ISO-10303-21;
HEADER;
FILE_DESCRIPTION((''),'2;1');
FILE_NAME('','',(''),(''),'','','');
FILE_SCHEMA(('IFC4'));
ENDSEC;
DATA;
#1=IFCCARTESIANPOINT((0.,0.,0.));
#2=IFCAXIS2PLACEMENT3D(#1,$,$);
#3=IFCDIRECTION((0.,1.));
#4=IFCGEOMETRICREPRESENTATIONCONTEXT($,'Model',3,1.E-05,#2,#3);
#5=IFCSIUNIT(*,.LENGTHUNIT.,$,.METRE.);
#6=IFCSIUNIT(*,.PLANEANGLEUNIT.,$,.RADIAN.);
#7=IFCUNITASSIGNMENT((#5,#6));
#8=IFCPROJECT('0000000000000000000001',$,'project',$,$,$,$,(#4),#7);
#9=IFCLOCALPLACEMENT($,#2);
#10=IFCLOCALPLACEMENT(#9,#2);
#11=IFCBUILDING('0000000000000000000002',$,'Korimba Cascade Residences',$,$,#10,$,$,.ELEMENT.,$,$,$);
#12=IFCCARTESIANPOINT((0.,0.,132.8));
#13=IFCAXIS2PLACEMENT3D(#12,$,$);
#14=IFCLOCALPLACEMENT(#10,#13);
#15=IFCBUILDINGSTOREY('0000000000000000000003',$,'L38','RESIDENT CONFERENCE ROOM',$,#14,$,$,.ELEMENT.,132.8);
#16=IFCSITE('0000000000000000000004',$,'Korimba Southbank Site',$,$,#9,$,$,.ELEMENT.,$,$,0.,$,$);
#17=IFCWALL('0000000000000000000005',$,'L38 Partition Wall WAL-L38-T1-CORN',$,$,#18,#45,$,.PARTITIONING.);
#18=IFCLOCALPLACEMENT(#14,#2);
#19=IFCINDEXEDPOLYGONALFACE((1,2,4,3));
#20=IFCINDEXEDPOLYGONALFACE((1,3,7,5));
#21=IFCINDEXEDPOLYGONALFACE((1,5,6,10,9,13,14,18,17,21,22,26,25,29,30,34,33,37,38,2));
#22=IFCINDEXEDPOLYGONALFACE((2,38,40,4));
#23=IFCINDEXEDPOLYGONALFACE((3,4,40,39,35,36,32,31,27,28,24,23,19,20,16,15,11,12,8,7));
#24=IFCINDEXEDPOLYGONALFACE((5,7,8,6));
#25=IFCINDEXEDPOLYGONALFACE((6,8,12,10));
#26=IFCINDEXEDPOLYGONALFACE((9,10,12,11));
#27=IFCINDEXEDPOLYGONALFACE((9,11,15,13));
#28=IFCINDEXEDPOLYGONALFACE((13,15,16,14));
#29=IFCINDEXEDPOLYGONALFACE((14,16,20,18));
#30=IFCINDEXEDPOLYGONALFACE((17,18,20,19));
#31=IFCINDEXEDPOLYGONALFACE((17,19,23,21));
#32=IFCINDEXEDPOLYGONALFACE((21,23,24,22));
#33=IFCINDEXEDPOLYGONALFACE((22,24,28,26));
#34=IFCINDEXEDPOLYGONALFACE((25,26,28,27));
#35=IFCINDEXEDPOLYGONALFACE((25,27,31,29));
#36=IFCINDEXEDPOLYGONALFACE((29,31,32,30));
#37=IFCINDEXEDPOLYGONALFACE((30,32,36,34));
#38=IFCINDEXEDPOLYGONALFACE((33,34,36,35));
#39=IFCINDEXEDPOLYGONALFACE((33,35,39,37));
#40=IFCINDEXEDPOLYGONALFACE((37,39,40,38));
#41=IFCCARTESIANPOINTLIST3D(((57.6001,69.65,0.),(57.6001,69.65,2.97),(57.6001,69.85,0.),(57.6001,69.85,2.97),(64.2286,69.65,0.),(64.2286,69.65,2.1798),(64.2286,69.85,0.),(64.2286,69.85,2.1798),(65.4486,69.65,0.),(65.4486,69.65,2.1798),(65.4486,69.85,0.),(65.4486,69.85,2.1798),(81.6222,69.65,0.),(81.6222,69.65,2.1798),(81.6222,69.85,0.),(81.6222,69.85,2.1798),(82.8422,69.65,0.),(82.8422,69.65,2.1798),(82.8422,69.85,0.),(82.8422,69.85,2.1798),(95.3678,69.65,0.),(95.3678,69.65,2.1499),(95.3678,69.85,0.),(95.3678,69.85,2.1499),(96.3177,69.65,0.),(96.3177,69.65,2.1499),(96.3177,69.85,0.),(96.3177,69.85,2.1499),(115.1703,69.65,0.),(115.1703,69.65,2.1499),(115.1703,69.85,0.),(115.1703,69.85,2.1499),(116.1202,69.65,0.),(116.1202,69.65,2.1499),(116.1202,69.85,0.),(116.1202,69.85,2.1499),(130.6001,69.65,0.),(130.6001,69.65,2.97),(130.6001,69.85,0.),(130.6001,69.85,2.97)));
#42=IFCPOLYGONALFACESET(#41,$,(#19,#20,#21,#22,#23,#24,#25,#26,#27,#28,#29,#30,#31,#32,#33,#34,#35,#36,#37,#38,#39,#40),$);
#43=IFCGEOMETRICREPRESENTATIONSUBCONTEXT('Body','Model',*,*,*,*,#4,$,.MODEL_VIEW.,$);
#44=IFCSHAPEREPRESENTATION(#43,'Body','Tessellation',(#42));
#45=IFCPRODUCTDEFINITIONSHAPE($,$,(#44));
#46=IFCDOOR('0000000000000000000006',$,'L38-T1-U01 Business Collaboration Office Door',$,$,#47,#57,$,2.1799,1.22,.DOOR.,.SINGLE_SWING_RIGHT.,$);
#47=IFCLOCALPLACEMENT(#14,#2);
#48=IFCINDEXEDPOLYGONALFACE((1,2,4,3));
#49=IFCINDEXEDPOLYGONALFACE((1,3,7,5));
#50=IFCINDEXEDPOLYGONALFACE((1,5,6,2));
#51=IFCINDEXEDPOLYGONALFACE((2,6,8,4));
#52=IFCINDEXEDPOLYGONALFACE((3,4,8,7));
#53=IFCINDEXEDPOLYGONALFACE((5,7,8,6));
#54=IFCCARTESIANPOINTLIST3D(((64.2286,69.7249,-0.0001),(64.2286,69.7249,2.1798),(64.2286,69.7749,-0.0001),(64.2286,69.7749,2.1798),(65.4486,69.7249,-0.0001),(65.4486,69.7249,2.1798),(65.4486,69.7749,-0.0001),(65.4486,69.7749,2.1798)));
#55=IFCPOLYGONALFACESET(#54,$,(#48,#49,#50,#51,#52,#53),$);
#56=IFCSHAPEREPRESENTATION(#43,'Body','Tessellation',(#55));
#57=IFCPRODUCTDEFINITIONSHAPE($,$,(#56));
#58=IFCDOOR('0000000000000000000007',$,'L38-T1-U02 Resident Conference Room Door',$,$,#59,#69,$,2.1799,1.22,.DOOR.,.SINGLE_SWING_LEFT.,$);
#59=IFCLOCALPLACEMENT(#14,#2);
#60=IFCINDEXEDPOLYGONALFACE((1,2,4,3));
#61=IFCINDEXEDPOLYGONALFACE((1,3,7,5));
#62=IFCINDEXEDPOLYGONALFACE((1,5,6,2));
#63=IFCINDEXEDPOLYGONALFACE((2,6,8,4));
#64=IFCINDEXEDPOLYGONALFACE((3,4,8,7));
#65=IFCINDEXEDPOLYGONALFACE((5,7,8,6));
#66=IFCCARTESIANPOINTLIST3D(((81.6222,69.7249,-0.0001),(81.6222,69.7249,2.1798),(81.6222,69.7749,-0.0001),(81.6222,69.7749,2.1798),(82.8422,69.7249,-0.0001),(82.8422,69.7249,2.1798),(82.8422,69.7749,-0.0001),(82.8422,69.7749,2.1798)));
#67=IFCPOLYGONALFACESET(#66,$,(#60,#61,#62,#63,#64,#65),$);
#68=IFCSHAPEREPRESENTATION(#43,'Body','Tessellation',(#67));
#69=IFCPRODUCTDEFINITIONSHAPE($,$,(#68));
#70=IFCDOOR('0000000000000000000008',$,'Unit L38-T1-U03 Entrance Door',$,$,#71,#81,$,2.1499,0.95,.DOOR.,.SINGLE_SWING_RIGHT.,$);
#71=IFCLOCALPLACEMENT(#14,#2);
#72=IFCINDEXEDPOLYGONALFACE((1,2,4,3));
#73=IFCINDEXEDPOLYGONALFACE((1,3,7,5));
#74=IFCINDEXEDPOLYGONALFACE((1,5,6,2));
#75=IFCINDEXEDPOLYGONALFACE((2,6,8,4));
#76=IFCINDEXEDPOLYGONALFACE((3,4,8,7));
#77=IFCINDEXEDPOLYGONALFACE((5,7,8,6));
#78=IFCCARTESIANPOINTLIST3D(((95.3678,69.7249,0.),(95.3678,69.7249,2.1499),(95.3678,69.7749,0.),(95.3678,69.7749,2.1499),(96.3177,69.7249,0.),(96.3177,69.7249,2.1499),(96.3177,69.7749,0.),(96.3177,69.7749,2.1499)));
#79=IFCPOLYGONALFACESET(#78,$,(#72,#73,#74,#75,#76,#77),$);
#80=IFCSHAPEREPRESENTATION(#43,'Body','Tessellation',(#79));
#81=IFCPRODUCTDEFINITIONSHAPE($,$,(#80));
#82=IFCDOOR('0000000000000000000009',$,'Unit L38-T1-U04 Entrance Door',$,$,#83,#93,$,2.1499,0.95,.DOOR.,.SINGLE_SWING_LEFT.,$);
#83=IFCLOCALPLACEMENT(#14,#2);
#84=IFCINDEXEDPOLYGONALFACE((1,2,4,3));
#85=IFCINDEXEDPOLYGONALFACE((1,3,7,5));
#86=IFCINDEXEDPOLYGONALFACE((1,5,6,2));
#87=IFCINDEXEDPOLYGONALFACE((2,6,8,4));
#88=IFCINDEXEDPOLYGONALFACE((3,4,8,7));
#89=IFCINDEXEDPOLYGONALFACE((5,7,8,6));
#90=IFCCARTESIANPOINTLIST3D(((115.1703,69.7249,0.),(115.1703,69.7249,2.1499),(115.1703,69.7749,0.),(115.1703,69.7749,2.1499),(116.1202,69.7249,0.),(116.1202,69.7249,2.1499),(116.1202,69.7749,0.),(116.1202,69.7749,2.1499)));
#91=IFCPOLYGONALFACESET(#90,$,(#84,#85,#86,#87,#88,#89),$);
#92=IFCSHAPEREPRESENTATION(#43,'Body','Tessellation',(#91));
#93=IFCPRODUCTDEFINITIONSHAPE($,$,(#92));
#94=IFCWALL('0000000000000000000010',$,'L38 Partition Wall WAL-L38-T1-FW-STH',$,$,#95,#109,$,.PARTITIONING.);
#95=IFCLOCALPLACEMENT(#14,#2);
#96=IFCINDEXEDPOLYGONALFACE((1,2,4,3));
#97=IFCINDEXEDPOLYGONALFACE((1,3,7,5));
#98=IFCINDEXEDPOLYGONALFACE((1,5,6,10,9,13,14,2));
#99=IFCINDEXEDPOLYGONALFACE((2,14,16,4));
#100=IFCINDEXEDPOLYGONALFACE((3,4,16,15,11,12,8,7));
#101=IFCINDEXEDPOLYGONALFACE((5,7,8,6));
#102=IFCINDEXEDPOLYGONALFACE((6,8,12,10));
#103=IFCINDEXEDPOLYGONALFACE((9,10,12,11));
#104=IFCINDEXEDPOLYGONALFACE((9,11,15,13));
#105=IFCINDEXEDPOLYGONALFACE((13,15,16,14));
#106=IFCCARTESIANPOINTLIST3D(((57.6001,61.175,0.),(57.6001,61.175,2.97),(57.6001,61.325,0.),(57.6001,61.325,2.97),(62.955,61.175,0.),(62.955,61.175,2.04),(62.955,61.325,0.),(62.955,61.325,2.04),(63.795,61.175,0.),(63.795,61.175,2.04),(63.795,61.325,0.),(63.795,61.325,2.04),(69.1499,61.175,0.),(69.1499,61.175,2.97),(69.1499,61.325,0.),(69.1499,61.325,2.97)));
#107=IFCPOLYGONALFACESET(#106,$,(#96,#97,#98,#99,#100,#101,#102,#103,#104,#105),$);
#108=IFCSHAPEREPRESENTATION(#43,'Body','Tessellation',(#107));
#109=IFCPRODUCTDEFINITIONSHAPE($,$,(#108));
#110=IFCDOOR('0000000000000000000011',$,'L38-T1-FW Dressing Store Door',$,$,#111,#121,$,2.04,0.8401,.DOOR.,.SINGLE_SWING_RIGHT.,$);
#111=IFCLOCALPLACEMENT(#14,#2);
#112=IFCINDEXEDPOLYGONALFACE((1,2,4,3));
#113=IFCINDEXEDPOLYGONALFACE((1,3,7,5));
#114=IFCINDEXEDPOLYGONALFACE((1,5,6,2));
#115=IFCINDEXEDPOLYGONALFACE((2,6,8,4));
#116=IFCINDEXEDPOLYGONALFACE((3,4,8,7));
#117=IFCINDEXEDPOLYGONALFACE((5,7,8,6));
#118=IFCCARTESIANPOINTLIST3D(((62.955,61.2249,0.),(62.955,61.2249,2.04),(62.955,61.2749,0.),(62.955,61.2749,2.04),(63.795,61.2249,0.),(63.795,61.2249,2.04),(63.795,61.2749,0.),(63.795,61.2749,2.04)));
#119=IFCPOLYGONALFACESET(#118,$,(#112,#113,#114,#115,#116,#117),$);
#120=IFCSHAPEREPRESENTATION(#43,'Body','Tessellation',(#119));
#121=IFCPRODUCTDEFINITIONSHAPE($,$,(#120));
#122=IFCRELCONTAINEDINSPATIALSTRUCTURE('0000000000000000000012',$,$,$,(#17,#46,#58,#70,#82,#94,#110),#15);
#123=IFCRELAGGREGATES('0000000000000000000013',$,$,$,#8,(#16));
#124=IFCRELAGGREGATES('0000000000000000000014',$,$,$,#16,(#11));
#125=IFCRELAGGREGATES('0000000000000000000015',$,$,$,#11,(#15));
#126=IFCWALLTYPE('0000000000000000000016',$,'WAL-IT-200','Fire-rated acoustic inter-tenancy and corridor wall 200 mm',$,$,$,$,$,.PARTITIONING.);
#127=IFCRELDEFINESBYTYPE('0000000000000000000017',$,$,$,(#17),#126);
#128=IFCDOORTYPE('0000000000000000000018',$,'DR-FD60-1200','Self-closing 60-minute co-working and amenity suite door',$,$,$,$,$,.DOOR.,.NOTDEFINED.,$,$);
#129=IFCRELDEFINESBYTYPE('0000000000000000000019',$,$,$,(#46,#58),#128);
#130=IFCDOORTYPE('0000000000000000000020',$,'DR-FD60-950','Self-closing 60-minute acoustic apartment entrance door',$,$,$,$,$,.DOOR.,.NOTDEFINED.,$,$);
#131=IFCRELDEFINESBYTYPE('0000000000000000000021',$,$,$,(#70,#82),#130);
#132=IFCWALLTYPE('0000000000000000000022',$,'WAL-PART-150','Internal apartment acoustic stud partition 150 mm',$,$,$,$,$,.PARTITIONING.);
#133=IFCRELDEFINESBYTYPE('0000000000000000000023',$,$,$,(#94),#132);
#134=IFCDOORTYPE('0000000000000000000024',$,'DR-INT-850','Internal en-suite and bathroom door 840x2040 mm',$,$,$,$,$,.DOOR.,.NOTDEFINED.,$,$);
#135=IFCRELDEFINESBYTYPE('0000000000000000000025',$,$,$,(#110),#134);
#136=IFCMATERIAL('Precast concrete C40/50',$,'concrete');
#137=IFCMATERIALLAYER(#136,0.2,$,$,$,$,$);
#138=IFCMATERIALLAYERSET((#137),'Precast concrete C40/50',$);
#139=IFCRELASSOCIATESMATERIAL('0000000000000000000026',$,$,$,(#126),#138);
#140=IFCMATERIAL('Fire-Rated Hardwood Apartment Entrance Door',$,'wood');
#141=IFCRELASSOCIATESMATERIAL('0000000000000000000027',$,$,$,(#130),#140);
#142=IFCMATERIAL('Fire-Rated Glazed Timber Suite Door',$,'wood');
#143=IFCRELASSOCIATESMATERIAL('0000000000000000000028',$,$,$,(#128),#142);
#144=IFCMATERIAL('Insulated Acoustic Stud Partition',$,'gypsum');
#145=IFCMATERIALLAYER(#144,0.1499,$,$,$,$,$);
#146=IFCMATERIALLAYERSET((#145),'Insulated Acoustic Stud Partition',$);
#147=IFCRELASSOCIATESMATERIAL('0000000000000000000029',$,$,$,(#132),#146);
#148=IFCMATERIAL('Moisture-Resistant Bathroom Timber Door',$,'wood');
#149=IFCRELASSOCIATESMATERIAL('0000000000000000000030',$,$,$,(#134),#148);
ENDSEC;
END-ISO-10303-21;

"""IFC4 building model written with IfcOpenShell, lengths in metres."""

from ifc_helpers import new_model, si_unit, direction, frame, frame_2d, origin, place, context, subcontext, project, spatial, rectangle, extrude, material, layer, layer_set, type_object, element, fill, save


model = new_model("IFC4")

# Units and contexts
model_context = context("Model", 3, precision=1e-05, world=origin(), true_north=direction((0.0, 1.0)))
body_context = subcontext(model_context, "Body", "Model", "MODEL_VIEW")
ifc_project = project(units=[si_unit("LENGTHUNIT", "METRE"), si_unit("PLANEANGLEUNIT", "RADIAN")], contexts=[model_context])

# Site, building, storey
site_placement = place(None, origin())
site = spatial("IfcSite", under=ifc_project, at=site_placement, Name="Korimba Southbank Site", CompositionType="ELEMENT", RefElevation=0.0)
building_placement = place(site_placement, origin())
building = spatial("IfcBuilding", under=site, at=building_placement, Name="Korimba Cascade Residences", CompositionType="ELEMENT")
storey_placement = place(building_placement, frame((0.0, 0.0, 132.8)))
storey = spatial("IfcBuildingStorey", under=building, at=storey_placement, Name="L38", Description="RESIDENT CONFERENCE ROOM", CompositionType="ELEMENT", Elevation=132.8)

# Shared definitions
ifc_material_1 = material(Name="Precast concrete C40/50", Category="concrete")
ifc_layer_1 = layer(ifc_material_1, 0.2)
ifc_layer_set_1 = layer_set([ifc_layer_1], Name="Precast concrete C40/50")
wall_type_1 = type_object("IfcWallType", Name="WAL-IT-200", Description="Fire-rated acoustic inter-tenancy and corridor wall 200 mm", PredefinedType="PARTITIONING", material=ifc_layer_set_1)
ifc_material_2 = material(Name="Fire-Rated Hardwood Apartment Entrance Door", Category="wood")
door_type_1 = type_object("IfcDoorType", Name="DR-FD60-950", Description="Self-closing 60-minute acoustic apartment entrance door", OperationType="NOTDEFINED", PredefinedType="DOOR", material=ifc_material_2)

# Wall, openings, doors
wall_1_placement = place(storey_placement, frame((57.6001, 69.75, 0.0), z_axis=(0.0, 0.0, 1.0), x_axis=(1.0, 0.0, 0.0)))
wall_1 = element("IfcWall", 1, at=wall_1_placement, inside=storey, type_object=wall_type_1, Name="L38 Partition Wall WAL-L38-T1-CORN", PredefinedType="PARTITIONING", context=body_context, shape_type="SweptSolid", body=[
    extrude(rectangle(XDim=73.0, YDim=0.2, at=frame_2d((36.5, 0.0))), origin(), (0.0, 0.0, 1.0), 2.97),
])
opening_1_placement = place(wall_1_placement, frame((6.6287, 0.0, 0.0)))
opening_1 = element("IfcOpeningElement", 2, at=opening_1_placement, cuts=wall_1, PredefinedType="OPENING", context=body_context, shape_type="SweptSolid", body=[
    extrude(rectangle(XDim=1.22, YDim=2.1799, at=frame_2d((0.6099, 1.0898))), frame((0.0, 0.1099, 0.0), z_axis=(0.0, -1.0, 0.0), x_axis=(1.0, 0.0, 0.0)), (0.0, 0.0, 1.0), 0.22),
])
opening_2_placement = place(wall_1_placement, frame((24.0222, 0.0, 0.0)))
opening_2 = element("IfcOpeningElement", 3, at=opening_2_placement, cuts=wall_1, PredefinedType="OPENING", context=body_context, shape_type="SweptSolid", body=[
    extrude(rectangle(XDim=1.22, YDim=2.1799, at=frame_2d((0.6099, 1.0898))), frame((0.0, 0.1099, 0.0), z_axis=(0.0, -1.0, 0.0), x_axis=(1.0, 0.0, 0.0)), (0.0, 0.0, 1.0), 0.22),
])
opening_3_placement = place(wall_1_placement, frame((37.7676, 0.0, 0.0)))
opening_3 = element("IfcOpeningElement", 4, at=opening_3_placement, cuts=wall_1, PredefinedType="OPENING", context=body_context, shape_type="SweptSolid", body=[
    extrude(rectangle(XDim=0.95, YDim=2.1499, at=frame_2d((0.4751, 1.075))), frame((0.0, 0.1099, 0.0), z_axis=(0.0, -1.0, 0.0), x_axis=(1.0, 0.0, 0.0)), (0.0, 0.0, 1.0), 0.22),
])
opening_4_placement = place(wall_1_placement, frame((57.5701, 0.0, 0.0)))
opening_4 = element("IfcOpeningElement", 5, at=opening_4_placement, cuts=wall_1, PredefinedType="OPENING", context=body_context, shape_type="SweptSolid", body=[
    extrude(rectangle(XDim=0.95, YDim=2.1499, at=frame_2d((0.4751, 1.075))), frame((0.0, 0.1099, 0.0), z_axis=(0.0, -1.0, 0.0), x_axis=(1.0, 0.0, 0.0)), (0.0, 0.0, 1.0), 0.22),
])
ifc_material_3 = material(Name="Fire-Rated Glazed Timber Suite Door", Category="wood")
door_type_2 = type_object("IfcDoorType", Name="DR-FD60-1200", Description="Self-closing 60-minute co-working and amenity suite door", OperationType="NOTDEFINED", PredefinedType="DOOR", material=ifc_material_3)
door_1_placement = place(opening_1_placement, origin())
door_1 = element("IfcDoor", 6, at=door_1_placement, inside=storey, type_object=door_type_2, Name="L38-T1-U01 Business Collaboration Office Door", OperationType="SINGLE_SWING_RIGHT", OverallHeight=2.1799, OverallWidth=1.22, PredefinedType="DOOR", context=body_context, shape_type="SweptSolid", body=[
    extrude(rectangle(XDim=1.22, YDim=2.1799, at=frame_2d((0.6099, 1.0898))), frame((0.0, 0.0249, 0.0), z_axis=(0.0, -1.0, 0.0), x_axis=(1.0, 0.0, 0.0)), (0.0, 0.0, 1.0), 0.05),
])
fill(opening_1, door_1)
door_2_placement = place(opening_2_placement, origin())
door_2 = element("IfcDoor", 7, at=door_2_placement, inside=storey, type_object=door_type_2, Name="L38-T1-U02 Resident Conference Room Door", OperationType="SINGLE_SWING_LEFT", OverallHeight=2.1799, OverallWidth=1.22, PredefinedType="DOOR", context=body_context, shape_type="SweptSolid", body=[
    extrude(rectangle(XDim=1.22, YDim=2.1799, at=frame_2d((0.6099, 1.0898))), frame((0.0, 0.0249, 0.0), z_axis=(0.0, -1.0, 0.0), x_axis=(1.0, 0.0, 0.0)), (0.0, 0.0, 1.0), 0.05),
])
fill(opening_2, door_2)
door_3_placement = place(opening_3_placement, origin())
door_3 = element("IfcDoor", 8, at=door_3_placement, inside=storey, type_object=door_type_1, Name="Unit L38-T1-U03 Entrance Door", OperationType="SINGLE_SWING_RIGHT", OverallHeight=2.1499, OverallWidth=0.95, PredefinedType="DOOR", context=body_context, shape_type="SweptSolid", body=[
    extrude(rectangle(XDim=0.95, YDim=2.1499, at=frame_2d((0.4751, 1.075))), frame((0.0, 0.0249, 0.0), z_axis=(0.0, -1.0, 0.0), x_axis=(1.0, 0.0, 0.0)), (0.0, 0.0, 1.0), 0.05),
])
fill(opening_3, door_3)
door_4_placement = place(opening_4_placement, origin())
door_4 = element("IfcDoor", 9, at=door_4_placement, inside=storey, type_object=door_type_1, Name="Unit L38-T1-U04 Entrance Door", OperationType="SINGLE_SWING_LEFT", OverallHeight=2.1499, OverallWidth=0.95, PredefinedType="DOOR", context=body_context, shape_type="SweptSolid", body=[
    extrude(rectangle(XDim=0.95, YDim=2.1499, at=frame_2d((0.4751, 1.075))), frame((0.0, 0.0249, 0.0), z_axis=(0.0, -1.0, 0.0), x_axis=(1.0, 0.0, 0.0)), (0.0, 0.0, 1.0), 0.05),
])
fill(opening_4, door_4)

# Wall, opening, door
ifc_material_4 = material(Name="Insulated Acoustic Stud Partition", Category="gypsum")
ifc_layer_2 = layer(ifc_material_4, 0.1499)
ifc_layer_set_2 = layer_set([ifc_layer_2], Name="Insulated Acoustic Stud Partition")
wall_type_2 = type_object("IfcWallType", Name="WAL-PART-150", Description="Internal apartment acoustic stud partition 150 mm", PredefinedType="PARTITIONING", material=ifc_layer_set_2)
wall_2_placement = place(storey_placement, frame((57.6001, 61.25, 0.0), z_axis=(0.0, 0.0, 1.0), x_axis=(1.0, 0.0, 0.0)))
wall_2 = element("IfcWall", 10, at=wall_2_placement, inside=storey, type_object=wall_type_2, Name="L38 Partition Wall WAL-L38-T1-FW-STH", PredefinedType="PARTITIONING", context=body_context, shape_type="SweptSolid", body=[
    extrude(rectangle(XDim=11.5498, YDim=0.1499, at=frame_2d((5.7749, 0.0))), origin(), (0.0, 0.0, 1.0), 2.97),
])
opening_5_placement = place(wall_2_placement, frame((5.355, 0.0, 0.0)))
opening_5 = element("IfcOpeningElement", 11, at=opening_5_placement, cuts=wall_2, PredefinedType="OPENING", context=body_context, shape_type="SweptSolid", body=[
    extrude(rectangle(XDim=0.8401, YDim=2.04, at=frame_2d((0.4199, 1.02))), frame((0.0, 0.085, 0.0), z_axis=(0.0, -1.0, 0.0), x_axis=(1.0, 0.0, 0.0)), (0.0, 0.0, 1.0), 0.1699),
])
ifc_material_5 = material(Name="Moisture-Resistant Bathroom Timber Door", Category="wood")
door_type_3 = type_object("IfcDoorType", Name="DR-INT-850", Description="Internal en-suite and bathroom door 840x2040 mm", OperationType="NOTDEFINED", PredefinedType="DOOR", material=ifc_material_5)
door_5_placement = place(opening_5_placement, origin())
door_5 = element("IfcDoor", 12, at=door_5_placement, inside=storey, type_object=door_type_3, Name="L38-T1-FW Dressing Store Door", OperationType="SINGLE_SWING_RIGHT", OverallHeight=2.04, OverallWidth=0.8401, PredefinedType="DOOR", context=body_context, shape_type="SweptSolid", body=[
    extrude(rectangle(XDim=0.8401, YDim=2.04, at=frame_2d((0.4199, 1.02))), frame((0.0, 0.0249, 0.0), z_axis=(0.0, -1.0, 0.0), x_axis=(1.0, 0.0, 0.0)), (0.0, 0.0, 1.0), 0.05),
])
fill(opening_5, door_5)

save(model, "model.ifc")
